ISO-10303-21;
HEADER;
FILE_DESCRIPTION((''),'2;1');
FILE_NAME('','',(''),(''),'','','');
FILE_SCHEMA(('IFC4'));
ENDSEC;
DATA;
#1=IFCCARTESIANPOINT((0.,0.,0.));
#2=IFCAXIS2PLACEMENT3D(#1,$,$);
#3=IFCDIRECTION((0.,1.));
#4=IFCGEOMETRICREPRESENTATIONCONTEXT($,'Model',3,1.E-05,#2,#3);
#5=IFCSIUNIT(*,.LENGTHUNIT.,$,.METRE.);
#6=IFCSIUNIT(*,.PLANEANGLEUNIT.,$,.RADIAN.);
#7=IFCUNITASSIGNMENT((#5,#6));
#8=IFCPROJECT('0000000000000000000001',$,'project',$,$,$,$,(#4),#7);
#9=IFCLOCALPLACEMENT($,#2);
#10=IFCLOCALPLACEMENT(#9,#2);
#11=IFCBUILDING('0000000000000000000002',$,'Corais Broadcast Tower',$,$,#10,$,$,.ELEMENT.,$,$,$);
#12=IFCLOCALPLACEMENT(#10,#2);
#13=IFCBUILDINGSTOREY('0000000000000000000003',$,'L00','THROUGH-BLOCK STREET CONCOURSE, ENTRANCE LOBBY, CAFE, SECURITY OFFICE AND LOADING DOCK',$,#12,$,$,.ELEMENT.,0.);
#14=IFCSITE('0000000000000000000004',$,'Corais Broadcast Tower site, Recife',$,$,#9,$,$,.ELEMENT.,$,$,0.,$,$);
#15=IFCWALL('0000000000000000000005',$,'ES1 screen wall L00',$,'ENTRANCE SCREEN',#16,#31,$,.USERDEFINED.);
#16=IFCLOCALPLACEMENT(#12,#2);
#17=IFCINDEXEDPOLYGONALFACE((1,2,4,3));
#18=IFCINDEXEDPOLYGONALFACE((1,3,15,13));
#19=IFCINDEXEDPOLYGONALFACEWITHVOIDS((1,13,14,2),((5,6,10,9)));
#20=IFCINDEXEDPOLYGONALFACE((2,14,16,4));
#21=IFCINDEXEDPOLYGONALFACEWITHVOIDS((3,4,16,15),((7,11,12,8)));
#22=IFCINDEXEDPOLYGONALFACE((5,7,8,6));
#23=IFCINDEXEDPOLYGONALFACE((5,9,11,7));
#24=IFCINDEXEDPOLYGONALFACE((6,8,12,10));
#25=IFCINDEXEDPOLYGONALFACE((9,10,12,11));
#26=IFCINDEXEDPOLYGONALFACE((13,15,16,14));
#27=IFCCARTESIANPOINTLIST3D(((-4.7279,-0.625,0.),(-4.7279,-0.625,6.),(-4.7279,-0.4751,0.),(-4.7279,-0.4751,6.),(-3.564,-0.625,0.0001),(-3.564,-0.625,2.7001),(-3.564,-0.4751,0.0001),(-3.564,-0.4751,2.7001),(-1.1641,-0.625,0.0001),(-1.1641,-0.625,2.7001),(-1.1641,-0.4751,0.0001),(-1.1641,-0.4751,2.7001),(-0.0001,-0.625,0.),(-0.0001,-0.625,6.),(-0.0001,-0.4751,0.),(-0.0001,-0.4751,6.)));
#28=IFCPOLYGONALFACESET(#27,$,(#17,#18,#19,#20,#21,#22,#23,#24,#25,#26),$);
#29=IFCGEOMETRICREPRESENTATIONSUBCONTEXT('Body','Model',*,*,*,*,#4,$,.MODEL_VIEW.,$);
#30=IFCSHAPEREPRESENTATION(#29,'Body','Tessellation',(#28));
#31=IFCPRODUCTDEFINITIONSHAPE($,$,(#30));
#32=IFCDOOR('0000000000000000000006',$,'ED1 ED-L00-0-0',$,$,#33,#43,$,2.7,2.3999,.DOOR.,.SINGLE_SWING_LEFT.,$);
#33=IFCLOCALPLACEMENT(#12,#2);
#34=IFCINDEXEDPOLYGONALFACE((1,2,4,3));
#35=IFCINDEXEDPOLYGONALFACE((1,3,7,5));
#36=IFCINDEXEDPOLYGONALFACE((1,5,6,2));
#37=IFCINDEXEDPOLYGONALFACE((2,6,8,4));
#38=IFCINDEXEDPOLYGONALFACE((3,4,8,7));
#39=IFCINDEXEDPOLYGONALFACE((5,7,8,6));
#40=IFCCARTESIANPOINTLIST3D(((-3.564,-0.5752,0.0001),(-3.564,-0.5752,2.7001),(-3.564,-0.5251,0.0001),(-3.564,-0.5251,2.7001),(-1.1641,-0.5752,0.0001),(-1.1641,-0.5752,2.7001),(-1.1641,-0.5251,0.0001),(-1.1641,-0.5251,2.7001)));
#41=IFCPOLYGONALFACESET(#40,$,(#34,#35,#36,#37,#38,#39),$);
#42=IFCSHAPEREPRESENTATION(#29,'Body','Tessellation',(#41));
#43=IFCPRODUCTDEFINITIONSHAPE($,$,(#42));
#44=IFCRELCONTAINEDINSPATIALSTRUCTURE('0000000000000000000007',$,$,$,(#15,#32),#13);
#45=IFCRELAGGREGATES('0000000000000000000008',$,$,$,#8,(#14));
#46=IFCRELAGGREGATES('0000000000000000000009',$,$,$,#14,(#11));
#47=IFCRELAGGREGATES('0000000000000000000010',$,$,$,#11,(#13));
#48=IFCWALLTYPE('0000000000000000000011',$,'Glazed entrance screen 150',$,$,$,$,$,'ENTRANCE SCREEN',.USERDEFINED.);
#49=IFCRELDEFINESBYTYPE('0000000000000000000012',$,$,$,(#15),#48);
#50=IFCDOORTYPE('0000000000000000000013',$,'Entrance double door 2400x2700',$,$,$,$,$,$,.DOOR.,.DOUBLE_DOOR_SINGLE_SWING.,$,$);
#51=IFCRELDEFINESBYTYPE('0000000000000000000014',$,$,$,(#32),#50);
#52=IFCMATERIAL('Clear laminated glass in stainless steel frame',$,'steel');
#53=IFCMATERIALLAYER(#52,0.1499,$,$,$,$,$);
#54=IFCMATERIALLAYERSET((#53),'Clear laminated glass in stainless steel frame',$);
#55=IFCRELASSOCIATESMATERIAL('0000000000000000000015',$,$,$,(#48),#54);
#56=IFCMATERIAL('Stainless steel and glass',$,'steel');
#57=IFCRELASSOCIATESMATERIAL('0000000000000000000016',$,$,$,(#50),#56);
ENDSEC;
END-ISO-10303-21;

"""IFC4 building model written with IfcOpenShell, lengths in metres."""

from ifc_helpers import new_model, si_unit, direction, frame, frame_2d, origin, place, context, subcontext, project, spatial, rectangle, extrude, material, layer, layer_set, type_object, element, fill, save


model = new_model("IFC4")

# Units and contexts
model_context = context("Model", 3, precision=1e-05, world=origin(), true_north=direction((0.0, 1.0)))
body_context = subcontext(model_context, "Body", "Model", "MODEL_VIEW")
ifc_project = project(units=[si_unit("LENGTHUNIT", "METRE"), si_unit("PLANEANGLEUNIT", "RADIAN")], contexts=[model_context])

# Site, building, storey
site_placement = place(None, origin())
site = spatial("IfcSite", under=ifc_project, at=site_placement, Name="Corais Broadcast Tower site, Recife", CompositionType="ELEMENT", RefElevation=0.0)
building_placement = place(site_placement, origin())
building = spatial("IfcBuilding", under=site, at=building_placement, Name="Corais Broadcast Tower", CompositionType="ELEMENT")
storey_placement = place(building_placement, origin())
storey = spatial("IfcBuildingStorey", under=building, at=storey_placement, Name="L00", Description="THROUGH-BLOCK STREET CONCOURSE, ENTRANCE LOBBY, CAFE, SECURITY OFFICE AND LOADING DOCK", CompositionType="ELEMENT", Elevation=0.0)

# Wall, opening, door
ifc_material_1 = material(Name="Clear laminated glass in stainless steel frame", Category="steel")
ifc_layer = layer(ifc_material_1, 0.1499)
ifc_layer_set = layer_set([ifc_layer], Name="Clear laminated glass in stainless steel frame")
wall_type = type_object("IfcWallType", Name="Glazed entrance screen 150", ElementType="ENTRANCE SCREEN", PredefinedType="USERDEFINED", material=ifc_layer_set)
wall_placement = place(storey_placement, frame((-4.7278, -0.55, 0.0), z_axis=(0.0, 0.0, 1.0), x_axis=(1.0, 0.0, 0.0)))
wall = element("IfcWall", 1, at=wall_placement, inside=storey, type_object=wall_type, Name="ES1 screen wall L00", ObjectType="ENTRANCE SCREEN", PredefinedType="USERDEFINED", context=body_context, shape_type="SweptSolid", body=[
    extrude(rectangle(XDim=4.7278, YDim=0.1499, at=frame_2d((2.3638, 0.0))), origin(), (0.0, 0.0, 1.0), 6.0),
])
opening_placement = place(wall_placement, frame((1.1638, 0.0, 0.0)))
opening = element("IfcOpeningElement", 2, at=opening_placement, cuts=wall, PredefinedType="OPENING", context=body_context, shape_type="SweptSolid", body=[
    extrude(rectangle(XDim=2.3999, YDim=2.7, at=frame_2d((1.2, 1.3501))), frame((0.0, 0.085, 0.0), z_axis=(0.0, -1.0, 0.0), x_axis=(1.0, 0.0, 0.0)), (0.0, 0.0, 1.0), 0.1699),
])
ifc_material_2 = material(Name="Stainless steel and glass", Category="steel")
door_type = type_object("IfcDoorType", Name="Entrance double door 2400x2700", OperationType="DOUBLE_DOOR_SINGLE_SWING", PredefinedType="DOOR", material=ifc_material_2)
door_placement = place(opening_placement, origin())
door = element("IfcDoor", 3, at=door_placement, inside=storey, type_object=door_type, Name="ED1 ED-L00-0-0", OperationType="SINGLE_SWING_LEFT", OverallHeight=2.7, OverallWidth=2.3999, PredefinedType="DOOR", context=body_context, shape_type="SweptSolid", body=[
    extrude(rectangle(XDim=2.3999, YDim=2.7, at=frame_2d((1.2, 1.3501))), frame((0.0, 0.0249, 0.0), z_axis=(0.0, -1.0, 0.0), x_axis=(1.0, 0.0, 0.0)), (0.0, 0.0, 1.0), 0.05),
])
fill(opening, door)

save(model, "model.ifc")
